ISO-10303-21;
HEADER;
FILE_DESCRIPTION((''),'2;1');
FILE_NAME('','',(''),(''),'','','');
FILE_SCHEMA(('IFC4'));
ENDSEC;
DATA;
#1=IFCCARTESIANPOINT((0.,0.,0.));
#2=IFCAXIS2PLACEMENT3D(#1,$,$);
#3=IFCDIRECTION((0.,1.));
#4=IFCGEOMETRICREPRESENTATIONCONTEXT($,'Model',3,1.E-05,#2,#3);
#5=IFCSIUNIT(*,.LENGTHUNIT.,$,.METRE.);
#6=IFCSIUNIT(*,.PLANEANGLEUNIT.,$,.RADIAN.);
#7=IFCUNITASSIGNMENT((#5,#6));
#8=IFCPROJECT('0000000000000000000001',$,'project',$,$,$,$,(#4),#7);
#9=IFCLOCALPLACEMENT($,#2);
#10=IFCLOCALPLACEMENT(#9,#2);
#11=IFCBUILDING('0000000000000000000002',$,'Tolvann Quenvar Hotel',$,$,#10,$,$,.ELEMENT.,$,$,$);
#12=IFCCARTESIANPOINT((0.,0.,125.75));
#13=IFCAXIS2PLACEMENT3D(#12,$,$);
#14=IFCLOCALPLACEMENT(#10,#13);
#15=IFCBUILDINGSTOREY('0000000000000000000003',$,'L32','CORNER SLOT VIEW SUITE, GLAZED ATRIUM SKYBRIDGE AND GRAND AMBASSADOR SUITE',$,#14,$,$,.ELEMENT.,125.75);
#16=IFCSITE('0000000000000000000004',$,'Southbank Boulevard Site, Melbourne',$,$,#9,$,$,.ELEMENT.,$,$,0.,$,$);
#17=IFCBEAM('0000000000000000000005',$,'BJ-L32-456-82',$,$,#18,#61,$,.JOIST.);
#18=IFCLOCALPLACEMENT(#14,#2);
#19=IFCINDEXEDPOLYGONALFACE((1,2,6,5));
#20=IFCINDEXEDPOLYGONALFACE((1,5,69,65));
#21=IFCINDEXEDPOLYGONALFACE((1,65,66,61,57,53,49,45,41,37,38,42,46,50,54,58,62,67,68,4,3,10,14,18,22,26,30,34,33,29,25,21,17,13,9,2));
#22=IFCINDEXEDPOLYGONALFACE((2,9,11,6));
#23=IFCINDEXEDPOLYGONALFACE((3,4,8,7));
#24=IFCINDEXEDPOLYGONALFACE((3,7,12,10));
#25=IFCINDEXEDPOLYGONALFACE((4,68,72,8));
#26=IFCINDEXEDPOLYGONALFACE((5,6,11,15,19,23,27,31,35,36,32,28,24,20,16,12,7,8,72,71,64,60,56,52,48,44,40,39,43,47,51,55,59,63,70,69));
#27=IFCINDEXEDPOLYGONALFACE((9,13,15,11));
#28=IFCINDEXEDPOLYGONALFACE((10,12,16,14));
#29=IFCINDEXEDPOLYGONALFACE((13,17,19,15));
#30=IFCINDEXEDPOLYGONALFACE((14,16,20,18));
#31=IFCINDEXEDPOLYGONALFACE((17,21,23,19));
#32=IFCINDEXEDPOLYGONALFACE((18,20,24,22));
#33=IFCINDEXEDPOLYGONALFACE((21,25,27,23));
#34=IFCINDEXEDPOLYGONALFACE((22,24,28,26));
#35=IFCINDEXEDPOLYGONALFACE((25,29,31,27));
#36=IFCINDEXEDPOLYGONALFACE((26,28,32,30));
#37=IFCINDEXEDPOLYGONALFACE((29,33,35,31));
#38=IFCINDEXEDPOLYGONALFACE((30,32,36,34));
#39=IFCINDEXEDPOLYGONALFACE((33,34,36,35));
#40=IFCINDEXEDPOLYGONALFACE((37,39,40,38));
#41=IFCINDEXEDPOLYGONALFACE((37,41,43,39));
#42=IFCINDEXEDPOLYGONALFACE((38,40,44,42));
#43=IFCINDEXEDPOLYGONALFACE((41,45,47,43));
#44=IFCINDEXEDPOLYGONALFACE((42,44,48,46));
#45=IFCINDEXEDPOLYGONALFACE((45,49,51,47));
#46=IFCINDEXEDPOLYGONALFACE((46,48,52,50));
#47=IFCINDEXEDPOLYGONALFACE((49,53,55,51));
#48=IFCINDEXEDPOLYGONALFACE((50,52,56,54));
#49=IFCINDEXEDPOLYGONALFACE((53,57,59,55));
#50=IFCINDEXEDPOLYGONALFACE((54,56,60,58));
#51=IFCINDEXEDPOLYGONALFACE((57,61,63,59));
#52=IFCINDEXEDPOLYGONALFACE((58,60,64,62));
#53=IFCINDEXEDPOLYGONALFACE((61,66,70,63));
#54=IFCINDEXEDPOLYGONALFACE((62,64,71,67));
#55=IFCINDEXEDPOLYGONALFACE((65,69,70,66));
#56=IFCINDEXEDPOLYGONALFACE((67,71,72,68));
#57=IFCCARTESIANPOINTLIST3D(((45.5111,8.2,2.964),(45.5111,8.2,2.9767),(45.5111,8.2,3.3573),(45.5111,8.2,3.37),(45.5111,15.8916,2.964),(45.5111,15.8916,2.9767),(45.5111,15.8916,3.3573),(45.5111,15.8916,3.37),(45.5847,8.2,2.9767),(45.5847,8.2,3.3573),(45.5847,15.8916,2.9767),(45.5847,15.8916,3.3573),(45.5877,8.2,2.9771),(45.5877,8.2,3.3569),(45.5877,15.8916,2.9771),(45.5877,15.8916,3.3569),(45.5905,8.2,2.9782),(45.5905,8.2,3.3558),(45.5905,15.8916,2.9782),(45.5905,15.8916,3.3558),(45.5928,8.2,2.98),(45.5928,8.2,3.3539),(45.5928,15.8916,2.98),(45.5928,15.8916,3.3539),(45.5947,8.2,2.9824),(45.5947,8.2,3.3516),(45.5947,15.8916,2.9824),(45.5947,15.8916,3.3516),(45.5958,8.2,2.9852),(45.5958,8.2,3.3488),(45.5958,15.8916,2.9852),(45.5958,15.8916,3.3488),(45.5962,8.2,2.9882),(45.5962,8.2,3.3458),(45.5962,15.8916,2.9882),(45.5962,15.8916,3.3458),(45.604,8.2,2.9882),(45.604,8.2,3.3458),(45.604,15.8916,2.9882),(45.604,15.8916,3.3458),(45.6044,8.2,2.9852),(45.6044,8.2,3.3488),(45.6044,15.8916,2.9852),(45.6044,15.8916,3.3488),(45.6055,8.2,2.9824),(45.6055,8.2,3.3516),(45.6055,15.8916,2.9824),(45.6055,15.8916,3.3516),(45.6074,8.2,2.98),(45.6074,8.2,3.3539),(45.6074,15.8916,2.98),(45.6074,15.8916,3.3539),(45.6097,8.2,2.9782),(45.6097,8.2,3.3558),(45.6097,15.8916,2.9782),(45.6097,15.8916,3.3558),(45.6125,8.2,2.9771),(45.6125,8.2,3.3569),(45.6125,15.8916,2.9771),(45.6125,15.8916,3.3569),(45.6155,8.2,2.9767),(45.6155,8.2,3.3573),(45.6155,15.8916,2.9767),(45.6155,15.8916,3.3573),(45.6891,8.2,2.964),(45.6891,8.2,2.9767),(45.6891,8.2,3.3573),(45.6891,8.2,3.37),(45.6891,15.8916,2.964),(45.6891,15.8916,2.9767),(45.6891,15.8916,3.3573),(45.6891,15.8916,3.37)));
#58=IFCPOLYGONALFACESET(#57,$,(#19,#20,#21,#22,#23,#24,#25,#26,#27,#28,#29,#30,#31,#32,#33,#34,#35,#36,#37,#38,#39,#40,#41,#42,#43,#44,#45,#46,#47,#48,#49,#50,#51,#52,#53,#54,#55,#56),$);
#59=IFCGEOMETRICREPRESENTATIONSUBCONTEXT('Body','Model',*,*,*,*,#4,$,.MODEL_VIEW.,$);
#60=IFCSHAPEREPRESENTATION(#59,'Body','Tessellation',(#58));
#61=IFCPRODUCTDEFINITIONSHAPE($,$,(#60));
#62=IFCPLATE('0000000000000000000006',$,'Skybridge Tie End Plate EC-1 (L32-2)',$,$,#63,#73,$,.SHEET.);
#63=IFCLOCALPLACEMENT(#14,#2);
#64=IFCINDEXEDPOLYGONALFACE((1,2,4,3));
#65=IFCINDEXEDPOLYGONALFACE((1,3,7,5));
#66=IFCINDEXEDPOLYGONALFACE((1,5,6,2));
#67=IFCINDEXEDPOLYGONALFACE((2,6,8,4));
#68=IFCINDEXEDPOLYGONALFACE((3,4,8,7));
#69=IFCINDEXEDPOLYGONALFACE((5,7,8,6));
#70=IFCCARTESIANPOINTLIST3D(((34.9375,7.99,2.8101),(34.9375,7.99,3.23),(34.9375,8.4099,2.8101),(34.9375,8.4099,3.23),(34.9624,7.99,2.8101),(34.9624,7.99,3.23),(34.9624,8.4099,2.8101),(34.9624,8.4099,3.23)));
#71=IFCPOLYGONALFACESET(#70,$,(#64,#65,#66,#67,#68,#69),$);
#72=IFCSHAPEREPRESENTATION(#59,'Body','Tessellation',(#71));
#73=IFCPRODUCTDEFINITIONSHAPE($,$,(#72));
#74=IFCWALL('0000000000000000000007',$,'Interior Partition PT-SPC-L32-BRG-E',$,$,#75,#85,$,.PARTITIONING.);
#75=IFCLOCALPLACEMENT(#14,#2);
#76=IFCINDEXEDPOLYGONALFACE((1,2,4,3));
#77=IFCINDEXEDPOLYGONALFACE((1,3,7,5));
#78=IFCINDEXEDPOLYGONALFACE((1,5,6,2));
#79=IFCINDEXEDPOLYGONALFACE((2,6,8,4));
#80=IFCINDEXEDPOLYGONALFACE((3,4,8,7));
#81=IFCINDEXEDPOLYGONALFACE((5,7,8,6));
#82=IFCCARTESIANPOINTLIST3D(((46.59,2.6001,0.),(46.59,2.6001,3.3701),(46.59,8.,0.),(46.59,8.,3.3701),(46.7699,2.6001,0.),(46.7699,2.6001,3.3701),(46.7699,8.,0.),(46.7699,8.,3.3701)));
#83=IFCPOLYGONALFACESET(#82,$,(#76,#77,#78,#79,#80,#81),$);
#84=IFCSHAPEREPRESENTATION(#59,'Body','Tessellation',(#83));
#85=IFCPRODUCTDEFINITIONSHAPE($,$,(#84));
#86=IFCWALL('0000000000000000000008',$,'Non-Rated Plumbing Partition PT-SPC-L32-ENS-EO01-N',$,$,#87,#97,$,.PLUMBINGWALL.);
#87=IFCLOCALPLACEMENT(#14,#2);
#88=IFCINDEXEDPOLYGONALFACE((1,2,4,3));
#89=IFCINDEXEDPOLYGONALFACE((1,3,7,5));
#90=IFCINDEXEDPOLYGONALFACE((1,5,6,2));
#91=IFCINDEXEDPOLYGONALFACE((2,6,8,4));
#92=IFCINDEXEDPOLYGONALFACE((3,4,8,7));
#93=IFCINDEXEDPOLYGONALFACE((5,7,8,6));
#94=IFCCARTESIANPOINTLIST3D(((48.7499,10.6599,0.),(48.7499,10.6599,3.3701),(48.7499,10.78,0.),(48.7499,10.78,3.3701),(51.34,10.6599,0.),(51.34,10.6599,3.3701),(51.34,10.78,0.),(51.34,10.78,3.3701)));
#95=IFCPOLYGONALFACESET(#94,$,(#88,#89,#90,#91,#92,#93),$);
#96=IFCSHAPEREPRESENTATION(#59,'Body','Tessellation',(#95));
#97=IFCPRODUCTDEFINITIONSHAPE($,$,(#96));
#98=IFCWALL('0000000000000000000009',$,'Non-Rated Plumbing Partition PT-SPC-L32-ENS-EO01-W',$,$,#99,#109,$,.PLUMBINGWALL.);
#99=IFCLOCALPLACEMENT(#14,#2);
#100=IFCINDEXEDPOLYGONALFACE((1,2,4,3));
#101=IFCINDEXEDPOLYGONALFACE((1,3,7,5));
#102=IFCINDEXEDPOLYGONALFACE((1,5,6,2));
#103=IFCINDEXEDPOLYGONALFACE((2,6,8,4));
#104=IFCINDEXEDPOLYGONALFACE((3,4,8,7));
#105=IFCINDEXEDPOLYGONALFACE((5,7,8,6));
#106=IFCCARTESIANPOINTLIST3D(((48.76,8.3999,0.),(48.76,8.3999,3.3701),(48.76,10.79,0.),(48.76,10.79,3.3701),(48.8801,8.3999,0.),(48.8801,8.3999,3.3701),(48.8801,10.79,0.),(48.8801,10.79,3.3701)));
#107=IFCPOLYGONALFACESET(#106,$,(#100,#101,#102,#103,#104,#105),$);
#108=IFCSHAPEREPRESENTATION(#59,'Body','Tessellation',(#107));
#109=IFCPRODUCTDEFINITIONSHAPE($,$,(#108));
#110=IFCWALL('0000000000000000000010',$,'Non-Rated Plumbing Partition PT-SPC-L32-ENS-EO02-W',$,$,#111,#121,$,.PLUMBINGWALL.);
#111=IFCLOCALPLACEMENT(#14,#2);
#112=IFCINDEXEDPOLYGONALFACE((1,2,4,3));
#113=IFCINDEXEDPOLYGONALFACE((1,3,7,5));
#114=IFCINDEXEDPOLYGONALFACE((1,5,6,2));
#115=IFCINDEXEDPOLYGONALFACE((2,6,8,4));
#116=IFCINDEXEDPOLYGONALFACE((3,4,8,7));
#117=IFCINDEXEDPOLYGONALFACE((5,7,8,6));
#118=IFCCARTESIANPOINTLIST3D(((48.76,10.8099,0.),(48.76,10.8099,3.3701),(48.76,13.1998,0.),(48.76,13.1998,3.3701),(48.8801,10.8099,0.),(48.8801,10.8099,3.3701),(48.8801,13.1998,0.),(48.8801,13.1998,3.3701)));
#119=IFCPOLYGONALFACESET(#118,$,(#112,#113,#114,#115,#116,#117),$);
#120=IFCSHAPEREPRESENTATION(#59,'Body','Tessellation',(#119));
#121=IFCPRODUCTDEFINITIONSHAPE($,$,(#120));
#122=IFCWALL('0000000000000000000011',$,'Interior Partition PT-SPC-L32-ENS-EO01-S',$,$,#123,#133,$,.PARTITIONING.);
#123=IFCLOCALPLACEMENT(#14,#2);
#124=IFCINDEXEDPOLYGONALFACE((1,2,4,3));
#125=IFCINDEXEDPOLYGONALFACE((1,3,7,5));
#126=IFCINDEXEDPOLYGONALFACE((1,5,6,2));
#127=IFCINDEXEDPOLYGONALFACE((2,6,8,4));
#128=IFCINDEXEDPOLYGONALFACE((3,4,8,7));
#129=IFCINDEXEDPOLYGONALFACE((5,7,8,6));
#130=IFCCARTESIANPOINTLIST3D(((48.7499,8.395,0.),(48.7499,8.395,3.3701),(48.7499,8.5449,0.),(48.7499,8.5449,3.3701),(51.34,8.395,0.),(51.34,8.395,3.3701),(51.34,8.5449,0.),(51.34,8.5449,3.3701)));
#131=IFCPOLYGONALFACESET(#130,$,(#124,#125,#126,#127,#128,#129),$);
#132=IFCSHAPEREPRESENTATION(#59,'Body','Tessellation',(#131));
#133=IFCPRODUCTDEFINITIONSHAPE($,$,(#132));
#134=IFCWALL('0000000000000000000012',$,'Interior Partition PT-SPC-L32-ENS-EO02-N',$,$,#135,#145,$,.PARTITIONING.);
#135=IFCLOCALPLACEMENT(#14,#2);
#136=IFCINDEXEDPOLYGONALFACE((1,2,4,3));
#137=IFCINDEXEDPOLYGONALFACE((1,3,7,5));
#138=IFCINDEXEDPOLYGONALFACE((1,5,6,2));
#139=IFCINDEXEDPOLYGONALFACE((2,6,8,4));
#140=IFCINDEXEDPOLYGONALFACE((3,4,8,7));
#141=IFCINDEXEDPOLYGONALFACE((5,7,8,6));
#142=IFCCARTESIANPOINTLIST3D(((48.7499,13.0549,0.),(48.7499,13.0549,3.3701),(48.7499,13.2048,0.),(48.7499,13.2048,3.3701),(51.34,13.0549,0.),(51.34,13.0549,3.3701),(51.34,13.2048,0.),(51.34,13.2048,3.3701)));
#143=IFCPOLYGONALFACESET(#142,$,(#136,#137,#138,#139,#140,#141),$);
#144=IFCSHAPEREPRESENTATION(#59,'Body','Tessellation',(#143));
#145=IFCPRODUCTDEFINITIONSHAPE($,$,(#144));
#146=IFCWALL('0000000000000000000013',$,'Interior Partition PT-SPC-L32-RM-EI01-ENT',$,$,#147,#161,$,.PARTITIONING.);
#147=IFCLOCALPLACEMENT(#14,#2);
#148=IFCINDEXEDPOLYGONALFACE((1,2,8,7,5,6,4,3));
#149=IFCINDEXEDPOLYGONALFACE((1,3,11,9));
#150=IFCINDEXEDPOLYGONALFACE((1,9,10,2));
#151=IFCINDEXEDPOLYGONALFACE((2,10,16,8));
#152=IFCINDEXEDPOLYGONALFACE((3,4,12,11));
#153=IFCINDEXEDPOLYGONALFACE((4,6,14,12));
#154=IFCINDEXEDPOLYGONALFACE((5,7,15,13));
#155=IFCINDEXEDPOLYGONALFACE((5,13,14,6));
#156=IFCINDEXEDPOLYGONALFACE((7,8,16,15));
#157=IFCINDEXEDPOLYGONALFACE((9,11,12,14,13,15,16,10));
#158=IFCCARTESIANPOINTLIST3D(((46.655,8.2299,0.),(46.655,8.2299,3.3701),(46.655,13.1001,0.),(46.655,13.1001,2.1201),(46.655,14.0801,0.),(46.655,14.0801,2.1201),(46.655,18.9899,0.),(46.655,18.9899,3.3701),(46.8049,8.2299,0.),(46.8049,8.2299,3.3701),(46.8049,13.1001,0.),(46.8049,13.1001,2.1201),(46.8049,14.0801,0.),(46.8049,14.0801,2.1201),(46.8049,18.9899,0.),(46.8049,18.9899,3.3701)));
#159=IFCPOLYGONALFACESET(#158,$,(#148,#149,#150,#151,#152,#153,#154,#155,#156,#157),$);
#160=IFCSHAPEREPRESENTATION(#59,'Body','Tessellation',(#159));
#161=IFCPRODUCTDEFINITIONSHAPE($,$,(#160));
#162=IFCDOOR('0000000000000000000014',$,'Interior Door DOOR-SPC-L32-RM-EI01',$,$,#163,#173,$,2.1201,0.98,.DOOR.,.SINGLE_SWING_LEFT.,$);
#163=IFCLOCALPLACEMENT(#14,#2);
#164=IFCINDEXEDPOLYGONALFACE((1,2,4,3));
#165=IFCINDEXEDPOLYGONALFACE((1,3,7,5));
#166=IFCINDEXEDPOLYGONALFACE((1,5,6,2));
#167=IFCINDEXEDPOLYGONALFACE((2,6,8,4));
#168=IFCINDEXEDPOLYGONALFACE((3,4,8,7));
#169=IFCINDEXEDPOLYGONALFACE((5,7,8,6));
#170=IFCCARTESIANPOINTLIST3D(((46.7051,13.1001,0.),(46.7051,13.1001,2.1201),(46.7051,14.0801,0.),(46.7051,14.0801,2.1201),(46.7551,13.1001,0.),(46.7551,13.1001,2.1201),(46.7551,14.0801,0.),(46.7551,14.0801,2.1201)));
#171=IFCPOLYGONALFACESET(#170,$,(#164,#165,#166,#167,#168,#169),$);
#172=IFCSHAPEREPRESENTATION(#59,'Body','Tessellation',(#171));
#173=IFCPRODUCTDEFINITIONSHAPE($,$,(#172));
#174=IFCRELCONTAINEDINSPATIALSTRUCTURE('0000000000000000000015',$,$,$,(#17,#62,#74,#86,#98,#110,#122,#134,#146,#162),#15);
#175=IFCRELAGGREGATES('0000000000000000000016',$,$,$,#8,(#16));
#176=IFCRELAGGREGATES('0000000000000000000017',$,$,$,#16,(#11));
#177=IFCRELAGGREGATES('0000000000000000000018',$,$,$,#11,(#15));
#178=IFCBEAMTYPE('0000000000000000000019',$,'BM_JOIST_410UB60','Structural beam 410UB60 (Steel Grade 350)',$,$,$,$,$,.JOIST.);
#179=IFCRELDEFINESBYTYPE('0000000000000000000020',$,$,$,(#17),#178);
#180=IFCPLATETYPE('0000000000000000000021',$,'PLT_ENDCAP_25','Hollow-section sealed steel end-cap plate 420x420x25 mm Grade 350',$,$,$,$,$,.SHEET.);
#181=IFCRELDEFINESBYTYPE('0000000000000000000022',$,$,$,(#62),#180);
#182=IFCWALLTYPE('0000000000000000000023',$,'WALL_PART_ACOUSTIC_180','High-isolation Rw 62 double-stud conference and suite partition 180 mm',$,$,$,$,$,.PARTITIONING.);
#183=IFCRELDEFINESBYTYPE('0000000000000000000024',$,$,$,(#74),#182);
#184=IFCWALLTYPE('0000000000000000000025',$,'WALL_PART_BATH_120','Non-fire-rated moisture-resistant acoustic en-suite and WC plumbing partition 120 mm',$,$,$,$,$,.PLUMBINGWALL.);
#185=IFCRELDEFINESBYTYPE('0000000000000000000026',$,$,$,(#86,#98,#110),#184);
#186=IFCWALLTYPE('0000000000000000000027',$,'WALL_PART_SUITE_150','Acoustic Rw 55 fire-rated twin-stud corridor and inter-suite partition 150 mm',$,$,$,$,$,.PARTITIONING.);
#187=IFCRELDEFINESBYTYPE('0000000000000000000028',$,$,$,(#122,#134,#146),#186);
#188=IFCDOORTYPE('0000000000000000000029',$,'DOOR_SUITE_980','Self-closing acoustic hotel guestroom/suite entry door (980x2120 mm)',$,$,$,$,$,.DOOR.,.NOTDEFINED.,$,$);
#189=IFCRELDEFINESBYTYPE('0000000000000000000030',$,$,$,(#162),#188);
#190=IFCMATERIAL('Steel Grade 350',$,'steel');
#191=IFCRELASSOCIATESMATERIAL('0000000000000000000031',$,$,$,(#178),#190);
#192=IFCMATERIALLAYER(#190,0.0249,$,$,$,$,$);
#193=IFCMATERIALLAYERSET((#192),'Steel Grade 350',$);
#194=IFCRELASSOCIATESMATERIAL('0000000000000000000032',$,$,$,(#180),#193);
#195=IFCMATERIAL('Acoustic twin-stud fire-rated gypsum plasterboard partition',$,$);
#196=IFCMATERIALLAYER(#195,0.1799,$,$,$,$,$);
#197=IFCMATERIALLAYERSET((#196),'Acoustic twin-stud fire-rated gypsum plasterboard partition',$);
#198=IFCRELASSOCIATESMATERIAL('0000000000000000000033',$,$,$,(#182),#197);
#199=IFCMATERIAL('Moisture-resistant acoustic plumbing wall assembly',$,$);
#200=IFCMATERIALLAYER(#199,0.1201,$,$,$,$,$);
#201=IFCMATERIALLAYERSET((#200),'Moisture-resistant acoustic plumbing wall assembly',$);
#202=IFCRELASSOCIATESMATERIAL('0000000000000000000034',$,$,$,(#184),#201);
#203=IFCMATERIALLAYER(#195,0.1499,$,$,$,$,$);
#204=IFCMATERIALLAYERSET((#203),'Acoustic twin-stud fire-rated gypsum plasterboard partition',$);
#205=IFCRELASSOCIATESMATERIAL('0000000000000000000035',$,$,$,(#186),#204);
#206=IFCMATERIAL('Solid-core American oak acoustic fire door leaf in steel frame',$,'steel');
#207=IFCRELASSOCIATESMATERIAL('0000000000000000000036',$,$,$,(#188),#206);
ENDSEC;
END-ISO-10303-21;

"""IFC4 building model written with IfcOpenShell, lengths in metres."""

from ifc_helpers import new_model, si_unit, direction, frame, frame_2d, origin, origin_2d, place, context, subcontext, project, spatial, rectangle, i_section, extrude, source, transform, mapped, material, layer, layer_set, material_profile, profile_set, type_object, type_shapes, element, fill, save


model = new_model("IFC4")

# Units and contexts
model_context = context("Model", 3, precision=1e-05, world=origin(), true_north=direction((0.0, 1.0)))
body_context = subcontext(model_context, "Body", "Model", "MODEL_VIEW")
ifc_project = project(units=[si_unit("LENGTHUNIT", "METRE"), si_unit("PLANEANGLEUNIT", "RADIAN")], contexts=[model_context])

# Site, building, storey
site_placement = place(None, origin())
site = spatial("IfcSite", under=ifc_project, at=site_placement, Name="Southbank Boulevard Site, Melbourne", CompositionType="ELEMENT", RefElevation=0.0)
building_placement = place(site_placement, origin())
building = spatial("IfcBuilding", under=site, at=building_placement, Name="Tolvann Quenvar Hotel", CompositionType="ELEMENT")
storey_placement = place(building_placement, frame((0.0, 0.0, 125.75)))
storey = spatial("IfcBuildingStorey", under=building, at=storey_placement, Name="L32", Description="CORNER SLOT VIEW SUITE, GLAZED ATRIUM SKYBRIDGE AND GRAND AMBASSADOR SUITE", CompositionType="ELEMENT", Elevation=125.75)

# Shared definitions
ifc_material_1 = material(Name="Steel Grade 350", Category="steel")

# Beam
ifc_material_profile_1 = material_profile(ifc_material_1, i_section(OverallWidth=0.178, OverallDepth=0.406, WebThickness=0.0078, FlangeThickness=0.0127, FilletRadius=0.0115, at=origin_2d()), Name="410UB60")
ifc_profile_set_1 = profile_set([ifc_material_profile_1], Name="Steel Grade 350")
beam_type_1 = type_object("IfcBeamType", Name="BM_JOIST_410UB60", Description="Structural beam 410UB60 (Steel Grade 350)", PredefinedType="JOIST", material=ifc_profile_set_1)
shared_shape_1 = source(origin(), body_context, "Body", "SweptSolid", [
    extrude(i_section(OverallWidth=0.178, OverallDepth=0.406, WebThickness=0.0078, FlangeThickness=0.0127, FilletRadius=0.0115, at=origin_2d()), origin(), (0.0, 0.0, 1.0), 7.6917),
])
type_shapes(beam_type_1, [shared_shape_1])
beam_1_placement = place(storey_placement, frame((45.6001, 8.2, 3.167), z_axis=(0.0, 1.0, 0.0), x_axis=(-1.0, 0.0, 0.0)))
element("IfcBeam", 1, at=beam_1_placement, inside=storey, type_object=beam_type_1, Name="BJ-L32-456-82", PredefinedType="JOIST", context=body_context, shape_type="MappedRepresentation", body=[
    mapped(shared_shape_1, transform((0.0, 0.0, 0.0), x_axis=(1.0, 0.0, 0.0), y_axis=(0.0, 1.0, 0.0), z_axis=(0.0, 0.0, 1.0), scale=1.0)),
])

# Plate
ifc_layer_1 = layer(ifc_material_1, 0.0249)
ifc_layer_set_1 = layer_set([ifc_layer_1], Name="Steel Grade 350")
plate_type = type_object("IfcPlateType", Name="PLT_ENDCAP_25", Description="Hollow-section sealed steel end-cap plate 420x420x25 mm Grade 350", PredefinedType="SHEET", material=ifc_layer_set_1)
shared_shape_2 = source(origin(), body_context, "Body", "SweptSolid", [
    extrude(rectangle(XDim=0.0249, YDim=0.4199, at=origin_2d()), origin(), (0.0, 0.0, 1.0), 0.4199),
])
type_shapes(plate_type, [shared_shape_2])
plate_placement = place(storey_placement, frame((34.95, 8.2, 2.8101), z_axis=(0.0, 0.0, 1.0), x_axis=(1.0, 0.0, 0.0)))
element("IfcPlate", 2, at=plate_placement, inside=storey, type_object=plate_type, Name="Skybridge Tie End Plate EC-1 (L32-2)", PredefinedType="SHEET", context=body_context, shape_type="MappedRepresentation", body=[
    mapped(shared_shape_2, transform((0.0, 0.0, 0.0), x_axis=(1.0, 0.0, 0.0), y_axis=(0.0, 1.0, 0.0), z_axis=(0.0, 0.0, 1.0), scale=1.0)),
])

# Walls
ifc_material_2 = material(Name="Acoustic twin-stud fire-rated gypsum plasterboard partition")
ifc_layer_2 = layer(ifc_material_2, 0.1799)
ifc_layer_set_2 = layer_set([ifc_layer_2], Name="Acoustic twin-stud fire-rated gypsum plasterboard partition")
wall_type_1 = type_object("IfcWallType", Name="WALL_PART_ACOUSTIC_180", Description="High-isolation Rw 62 double-stud conference and suite partition 180 mm", PredefinedType="PARTITIONING", material=ifc_layer_set_2)
wall_1_placement = place(storey_placement, frame((46.6799, 2.6001, 0.0), z_axis=(0.0, 0.0, 1.0), x_axis=(0.0, 1.0, 0.0)))
element("IfcWall", 3, at=wall_1_placement, inside=storey, type_object=wall_type_1, Name="Interior Partition PT-SPC-L32-BRG-E", PredefinedType="PARTITIONING", context=body_context, shape_type="SweptSolid", body=[
    extrude(rectangle(XDim=5.3999, YDim=0.1799, at=frame_2d((2.7, 0.0))), origin(), (0.0, 0.0, 1.0), 3.3701),
])
ifc_material_3 = material(Name="Moisture-resistant acoustic plumbing wall assembly")
ifc_layer_3 = layer(ifc_material_3, 0.1201)
ifc_layer_set_3 = layer_set([ifc_layer_3], Name="Moisture-resistant acoustic plumbing wall assembly")
wall_type_2 = type_object("IfcWallType", Name="WALL_PART_BATH_120", Description="Non-fire-rated moisture-resistant acoustic en-suite and WC plumbing partition 120 mm", PredefinedType="PLUMBINGWALL", material=ifc_layer_set_3)
wall_2_placement = place(storey_placement, frame((48.75, 10.72, 0.0), z_axis=(0.0, 0.0, 1.0), x_axis=(1.0, 0.0, 0.0)))
element("IfcWall", 4, at=wall_2_placement, inside=storey, type_object=wall_type_2, Name="Non-Rated Plumbing Partition PT-SPC-L32-ENS-EO01-N", PredefinedType="PLUMBINGWALL", context=body_context, shape_type="SweptSolid", body=[
    extrude(rectangle(XDim=2.5901, YDim=0.1201, at=frame_2d((1.2949, 0.0))), origin(), (0.0, 0.0, 1.0), 3.3701),
])
wall_3_placement = place(storey_placement, frame((48.8201, 8.3999, 0.0), z_axis=(0.0, 0.0, 1.0), x_axis=(0.0, 1.0, 0.0)))
element("IfcWall", 5, at=wall_3_placement, inside=storey, type_object=wall_type_2, Name="Non-Rated Plumbing Partition PT-SPC-L32-ENS-EO01-W", PredefinedType="PLUMBINGWALL", context=body_context, shape_type="SweptSolid", body=[
    extrude(rectangle(XDim=2.3901, YDim=0.1201, at=frame_2d((1.1951, 0.0))), origin(), (0.0, 0.0, 1.0), 3.3701),
])
wall_4_placement = place(storey_placement, frame((48.8201, 10.8101, 0.0), z_axis=(0.0, 0.0, 1.0), x_axis=(0.0, 1.0, 0.0)))
element("IfcWall", 6, at=wall_4_placement, inside=storey, type_object=wall_type_2, Name="Non-Rated Plumbing Partition PT-SPC-L32-ENS-EO02-W", PredefinedType="PLUMBINGWALL", context=body_context, shape_type="SweptSolid", body=[
    extrude(rectangle(XDim=2.3899, YDim=0.1201, at=frame_2d((1.1948, 0.0))), origin(), (0.0, 0.0, 1.0), 3.3701),
])
ifc_layer_4 = layer(ifc_material_2, 0.1499)
ifc_layer_set_4 = layer_set([ifc_layer_4], Name="Acoustic twin-stud fire-rated gypsum plasterboard partition")
wall_type_3 = type_object("IfcWallType", Name="WALL_PART_SUITE_150", Description="Acoustic Rw 55 fire-rated twin-stud corridor and inter-suite partition 150 mm", PredefinedType="PARTITIONING", material=ifc_layer_set_4)
for number, where, z_axis, x_axis, name in (
    (7, (48.75, 8.47, 0.0), (0.0, 0.0, 1.0), (1.0, 0.0, 0.0), "Interior Partition PT-SPC-L32-ENS-EO01-S"),
    (8, (48.75, 13.1299, 0.0), (0.0, 0.0, 1.0), (1.0, 0.0, 0.0), "Interior Partition PT-SPC-L32-ENS-EO02-N"),
):
    element("IfcWall", number, at=place(storey_placement, frame(where, z_axis=z_axis, x_axis=x_axis)), inside=storey, type_object=wall_type_3, Name=name, PredefinedType="PARTITIONING", context=body_context, shape_type="SweptSolid", body=[
        extrude(rectangle(XDim=2.5901, YDim=0.1499, at=frame_2d((1.2949, 0.0))), origin(), (0.0, 0.0, 1.0), 3.3701),
    ])

# Wall, opening, door
wall_5_placement = place(storey_placement, frame((46.73, 8.23, 0.0), z_axis=(0.0, 0.0, 1.0), x_axis=(0.0, 1.0, 0.0)))
wall_5 = element("IfcWall", 9, at=wall_5_placement, inside=storey, type_object=wall_type_3, Name="Interior Partition PT-SPC-L32-RM-EI01-ENT", PredefinedType="PARTITIONING", context=body_context, shape_type="SweptSolid", body=[
    extrude(rectangle(XDim=10.76, YDim=0.1499, at=frame_2d((5.3799, 0.0))), origin(), (0.0, 0.0, 1.0), 3.3701),
])
opening_1_placement = place(wall_5_placement, frame((4.8701, 0.0, 0.0)))
opening_1 = element("IfcOpeningElement", 10, at=opening_1_placement, cuts=wall_5, PredefinedType="OPENING", context=body_context, shape_type="SweptSolid", body=[
    extrude(rectangle(XDim=0.98, YDim=2.1201, at=frame_2d((0.49, 1.0601))), frame((0.0, 0.085, 0.0), z_axis=(0.0, -1.0, 0.0), x_axis=(1.0, 0.0, 0.0)), (0.0, 0.0, 1.0), 0.1699),
])
ifc_material_4 = material(Name="Solid-core American oak acoustic fire door leaf in steel frame", Category="steel")
door_type = type_object("IfcDoorType", Name="DOOR_SUITE_980", Description="Self-closing acoustic hotel guestroom/suite entry door (980x2120 mm)", OperationType="NOTDEFINED", PredefinedType="DOOR", material=ifc_material_4)
shared_shape_3 = source(origin(), body_context, "Body", "SweptSolid", [
    extrude(rectangle(XDim=0.98, YDim=2.1201, at=frame_2d((0.49, 1.0601))), frame((0.0, 0.0249, 0.0), z_axis=(0.0, -1.0, 0.0), x_axis=(1.0, 0.0, 0.0)), (0.0, 0.0, 1.0), 0.05),
])
type_shapes(door_type, [shared_shape_3])
door_1_placement = place(opening_1_placement, origin())
door_1 = element("IfcDoor", 11, at=door_1_placement, inside=storey, type_object=door_type, Name="Interior Door DOOR-SPC-L32-RM-EI01", OperationType="SINGLE_SWING_LEFT", OverallHeight=2.1201, OverallWidth=0.98, PredefinedType="DOOR", context=body_context, shape_type="MappedRepresentation", body=[
    mapped(shared_shape_3, transform((0.0, 0.0, 0.0), x_axis=(1.0, 0.0, 0.0), y_axis=(0.0, 1.0, 0.0), z_axis=(0.0, 0.0, 1.0), scale=1.0)),
])
fill(opening_1, door_1)

save(model, "model.ifc")
